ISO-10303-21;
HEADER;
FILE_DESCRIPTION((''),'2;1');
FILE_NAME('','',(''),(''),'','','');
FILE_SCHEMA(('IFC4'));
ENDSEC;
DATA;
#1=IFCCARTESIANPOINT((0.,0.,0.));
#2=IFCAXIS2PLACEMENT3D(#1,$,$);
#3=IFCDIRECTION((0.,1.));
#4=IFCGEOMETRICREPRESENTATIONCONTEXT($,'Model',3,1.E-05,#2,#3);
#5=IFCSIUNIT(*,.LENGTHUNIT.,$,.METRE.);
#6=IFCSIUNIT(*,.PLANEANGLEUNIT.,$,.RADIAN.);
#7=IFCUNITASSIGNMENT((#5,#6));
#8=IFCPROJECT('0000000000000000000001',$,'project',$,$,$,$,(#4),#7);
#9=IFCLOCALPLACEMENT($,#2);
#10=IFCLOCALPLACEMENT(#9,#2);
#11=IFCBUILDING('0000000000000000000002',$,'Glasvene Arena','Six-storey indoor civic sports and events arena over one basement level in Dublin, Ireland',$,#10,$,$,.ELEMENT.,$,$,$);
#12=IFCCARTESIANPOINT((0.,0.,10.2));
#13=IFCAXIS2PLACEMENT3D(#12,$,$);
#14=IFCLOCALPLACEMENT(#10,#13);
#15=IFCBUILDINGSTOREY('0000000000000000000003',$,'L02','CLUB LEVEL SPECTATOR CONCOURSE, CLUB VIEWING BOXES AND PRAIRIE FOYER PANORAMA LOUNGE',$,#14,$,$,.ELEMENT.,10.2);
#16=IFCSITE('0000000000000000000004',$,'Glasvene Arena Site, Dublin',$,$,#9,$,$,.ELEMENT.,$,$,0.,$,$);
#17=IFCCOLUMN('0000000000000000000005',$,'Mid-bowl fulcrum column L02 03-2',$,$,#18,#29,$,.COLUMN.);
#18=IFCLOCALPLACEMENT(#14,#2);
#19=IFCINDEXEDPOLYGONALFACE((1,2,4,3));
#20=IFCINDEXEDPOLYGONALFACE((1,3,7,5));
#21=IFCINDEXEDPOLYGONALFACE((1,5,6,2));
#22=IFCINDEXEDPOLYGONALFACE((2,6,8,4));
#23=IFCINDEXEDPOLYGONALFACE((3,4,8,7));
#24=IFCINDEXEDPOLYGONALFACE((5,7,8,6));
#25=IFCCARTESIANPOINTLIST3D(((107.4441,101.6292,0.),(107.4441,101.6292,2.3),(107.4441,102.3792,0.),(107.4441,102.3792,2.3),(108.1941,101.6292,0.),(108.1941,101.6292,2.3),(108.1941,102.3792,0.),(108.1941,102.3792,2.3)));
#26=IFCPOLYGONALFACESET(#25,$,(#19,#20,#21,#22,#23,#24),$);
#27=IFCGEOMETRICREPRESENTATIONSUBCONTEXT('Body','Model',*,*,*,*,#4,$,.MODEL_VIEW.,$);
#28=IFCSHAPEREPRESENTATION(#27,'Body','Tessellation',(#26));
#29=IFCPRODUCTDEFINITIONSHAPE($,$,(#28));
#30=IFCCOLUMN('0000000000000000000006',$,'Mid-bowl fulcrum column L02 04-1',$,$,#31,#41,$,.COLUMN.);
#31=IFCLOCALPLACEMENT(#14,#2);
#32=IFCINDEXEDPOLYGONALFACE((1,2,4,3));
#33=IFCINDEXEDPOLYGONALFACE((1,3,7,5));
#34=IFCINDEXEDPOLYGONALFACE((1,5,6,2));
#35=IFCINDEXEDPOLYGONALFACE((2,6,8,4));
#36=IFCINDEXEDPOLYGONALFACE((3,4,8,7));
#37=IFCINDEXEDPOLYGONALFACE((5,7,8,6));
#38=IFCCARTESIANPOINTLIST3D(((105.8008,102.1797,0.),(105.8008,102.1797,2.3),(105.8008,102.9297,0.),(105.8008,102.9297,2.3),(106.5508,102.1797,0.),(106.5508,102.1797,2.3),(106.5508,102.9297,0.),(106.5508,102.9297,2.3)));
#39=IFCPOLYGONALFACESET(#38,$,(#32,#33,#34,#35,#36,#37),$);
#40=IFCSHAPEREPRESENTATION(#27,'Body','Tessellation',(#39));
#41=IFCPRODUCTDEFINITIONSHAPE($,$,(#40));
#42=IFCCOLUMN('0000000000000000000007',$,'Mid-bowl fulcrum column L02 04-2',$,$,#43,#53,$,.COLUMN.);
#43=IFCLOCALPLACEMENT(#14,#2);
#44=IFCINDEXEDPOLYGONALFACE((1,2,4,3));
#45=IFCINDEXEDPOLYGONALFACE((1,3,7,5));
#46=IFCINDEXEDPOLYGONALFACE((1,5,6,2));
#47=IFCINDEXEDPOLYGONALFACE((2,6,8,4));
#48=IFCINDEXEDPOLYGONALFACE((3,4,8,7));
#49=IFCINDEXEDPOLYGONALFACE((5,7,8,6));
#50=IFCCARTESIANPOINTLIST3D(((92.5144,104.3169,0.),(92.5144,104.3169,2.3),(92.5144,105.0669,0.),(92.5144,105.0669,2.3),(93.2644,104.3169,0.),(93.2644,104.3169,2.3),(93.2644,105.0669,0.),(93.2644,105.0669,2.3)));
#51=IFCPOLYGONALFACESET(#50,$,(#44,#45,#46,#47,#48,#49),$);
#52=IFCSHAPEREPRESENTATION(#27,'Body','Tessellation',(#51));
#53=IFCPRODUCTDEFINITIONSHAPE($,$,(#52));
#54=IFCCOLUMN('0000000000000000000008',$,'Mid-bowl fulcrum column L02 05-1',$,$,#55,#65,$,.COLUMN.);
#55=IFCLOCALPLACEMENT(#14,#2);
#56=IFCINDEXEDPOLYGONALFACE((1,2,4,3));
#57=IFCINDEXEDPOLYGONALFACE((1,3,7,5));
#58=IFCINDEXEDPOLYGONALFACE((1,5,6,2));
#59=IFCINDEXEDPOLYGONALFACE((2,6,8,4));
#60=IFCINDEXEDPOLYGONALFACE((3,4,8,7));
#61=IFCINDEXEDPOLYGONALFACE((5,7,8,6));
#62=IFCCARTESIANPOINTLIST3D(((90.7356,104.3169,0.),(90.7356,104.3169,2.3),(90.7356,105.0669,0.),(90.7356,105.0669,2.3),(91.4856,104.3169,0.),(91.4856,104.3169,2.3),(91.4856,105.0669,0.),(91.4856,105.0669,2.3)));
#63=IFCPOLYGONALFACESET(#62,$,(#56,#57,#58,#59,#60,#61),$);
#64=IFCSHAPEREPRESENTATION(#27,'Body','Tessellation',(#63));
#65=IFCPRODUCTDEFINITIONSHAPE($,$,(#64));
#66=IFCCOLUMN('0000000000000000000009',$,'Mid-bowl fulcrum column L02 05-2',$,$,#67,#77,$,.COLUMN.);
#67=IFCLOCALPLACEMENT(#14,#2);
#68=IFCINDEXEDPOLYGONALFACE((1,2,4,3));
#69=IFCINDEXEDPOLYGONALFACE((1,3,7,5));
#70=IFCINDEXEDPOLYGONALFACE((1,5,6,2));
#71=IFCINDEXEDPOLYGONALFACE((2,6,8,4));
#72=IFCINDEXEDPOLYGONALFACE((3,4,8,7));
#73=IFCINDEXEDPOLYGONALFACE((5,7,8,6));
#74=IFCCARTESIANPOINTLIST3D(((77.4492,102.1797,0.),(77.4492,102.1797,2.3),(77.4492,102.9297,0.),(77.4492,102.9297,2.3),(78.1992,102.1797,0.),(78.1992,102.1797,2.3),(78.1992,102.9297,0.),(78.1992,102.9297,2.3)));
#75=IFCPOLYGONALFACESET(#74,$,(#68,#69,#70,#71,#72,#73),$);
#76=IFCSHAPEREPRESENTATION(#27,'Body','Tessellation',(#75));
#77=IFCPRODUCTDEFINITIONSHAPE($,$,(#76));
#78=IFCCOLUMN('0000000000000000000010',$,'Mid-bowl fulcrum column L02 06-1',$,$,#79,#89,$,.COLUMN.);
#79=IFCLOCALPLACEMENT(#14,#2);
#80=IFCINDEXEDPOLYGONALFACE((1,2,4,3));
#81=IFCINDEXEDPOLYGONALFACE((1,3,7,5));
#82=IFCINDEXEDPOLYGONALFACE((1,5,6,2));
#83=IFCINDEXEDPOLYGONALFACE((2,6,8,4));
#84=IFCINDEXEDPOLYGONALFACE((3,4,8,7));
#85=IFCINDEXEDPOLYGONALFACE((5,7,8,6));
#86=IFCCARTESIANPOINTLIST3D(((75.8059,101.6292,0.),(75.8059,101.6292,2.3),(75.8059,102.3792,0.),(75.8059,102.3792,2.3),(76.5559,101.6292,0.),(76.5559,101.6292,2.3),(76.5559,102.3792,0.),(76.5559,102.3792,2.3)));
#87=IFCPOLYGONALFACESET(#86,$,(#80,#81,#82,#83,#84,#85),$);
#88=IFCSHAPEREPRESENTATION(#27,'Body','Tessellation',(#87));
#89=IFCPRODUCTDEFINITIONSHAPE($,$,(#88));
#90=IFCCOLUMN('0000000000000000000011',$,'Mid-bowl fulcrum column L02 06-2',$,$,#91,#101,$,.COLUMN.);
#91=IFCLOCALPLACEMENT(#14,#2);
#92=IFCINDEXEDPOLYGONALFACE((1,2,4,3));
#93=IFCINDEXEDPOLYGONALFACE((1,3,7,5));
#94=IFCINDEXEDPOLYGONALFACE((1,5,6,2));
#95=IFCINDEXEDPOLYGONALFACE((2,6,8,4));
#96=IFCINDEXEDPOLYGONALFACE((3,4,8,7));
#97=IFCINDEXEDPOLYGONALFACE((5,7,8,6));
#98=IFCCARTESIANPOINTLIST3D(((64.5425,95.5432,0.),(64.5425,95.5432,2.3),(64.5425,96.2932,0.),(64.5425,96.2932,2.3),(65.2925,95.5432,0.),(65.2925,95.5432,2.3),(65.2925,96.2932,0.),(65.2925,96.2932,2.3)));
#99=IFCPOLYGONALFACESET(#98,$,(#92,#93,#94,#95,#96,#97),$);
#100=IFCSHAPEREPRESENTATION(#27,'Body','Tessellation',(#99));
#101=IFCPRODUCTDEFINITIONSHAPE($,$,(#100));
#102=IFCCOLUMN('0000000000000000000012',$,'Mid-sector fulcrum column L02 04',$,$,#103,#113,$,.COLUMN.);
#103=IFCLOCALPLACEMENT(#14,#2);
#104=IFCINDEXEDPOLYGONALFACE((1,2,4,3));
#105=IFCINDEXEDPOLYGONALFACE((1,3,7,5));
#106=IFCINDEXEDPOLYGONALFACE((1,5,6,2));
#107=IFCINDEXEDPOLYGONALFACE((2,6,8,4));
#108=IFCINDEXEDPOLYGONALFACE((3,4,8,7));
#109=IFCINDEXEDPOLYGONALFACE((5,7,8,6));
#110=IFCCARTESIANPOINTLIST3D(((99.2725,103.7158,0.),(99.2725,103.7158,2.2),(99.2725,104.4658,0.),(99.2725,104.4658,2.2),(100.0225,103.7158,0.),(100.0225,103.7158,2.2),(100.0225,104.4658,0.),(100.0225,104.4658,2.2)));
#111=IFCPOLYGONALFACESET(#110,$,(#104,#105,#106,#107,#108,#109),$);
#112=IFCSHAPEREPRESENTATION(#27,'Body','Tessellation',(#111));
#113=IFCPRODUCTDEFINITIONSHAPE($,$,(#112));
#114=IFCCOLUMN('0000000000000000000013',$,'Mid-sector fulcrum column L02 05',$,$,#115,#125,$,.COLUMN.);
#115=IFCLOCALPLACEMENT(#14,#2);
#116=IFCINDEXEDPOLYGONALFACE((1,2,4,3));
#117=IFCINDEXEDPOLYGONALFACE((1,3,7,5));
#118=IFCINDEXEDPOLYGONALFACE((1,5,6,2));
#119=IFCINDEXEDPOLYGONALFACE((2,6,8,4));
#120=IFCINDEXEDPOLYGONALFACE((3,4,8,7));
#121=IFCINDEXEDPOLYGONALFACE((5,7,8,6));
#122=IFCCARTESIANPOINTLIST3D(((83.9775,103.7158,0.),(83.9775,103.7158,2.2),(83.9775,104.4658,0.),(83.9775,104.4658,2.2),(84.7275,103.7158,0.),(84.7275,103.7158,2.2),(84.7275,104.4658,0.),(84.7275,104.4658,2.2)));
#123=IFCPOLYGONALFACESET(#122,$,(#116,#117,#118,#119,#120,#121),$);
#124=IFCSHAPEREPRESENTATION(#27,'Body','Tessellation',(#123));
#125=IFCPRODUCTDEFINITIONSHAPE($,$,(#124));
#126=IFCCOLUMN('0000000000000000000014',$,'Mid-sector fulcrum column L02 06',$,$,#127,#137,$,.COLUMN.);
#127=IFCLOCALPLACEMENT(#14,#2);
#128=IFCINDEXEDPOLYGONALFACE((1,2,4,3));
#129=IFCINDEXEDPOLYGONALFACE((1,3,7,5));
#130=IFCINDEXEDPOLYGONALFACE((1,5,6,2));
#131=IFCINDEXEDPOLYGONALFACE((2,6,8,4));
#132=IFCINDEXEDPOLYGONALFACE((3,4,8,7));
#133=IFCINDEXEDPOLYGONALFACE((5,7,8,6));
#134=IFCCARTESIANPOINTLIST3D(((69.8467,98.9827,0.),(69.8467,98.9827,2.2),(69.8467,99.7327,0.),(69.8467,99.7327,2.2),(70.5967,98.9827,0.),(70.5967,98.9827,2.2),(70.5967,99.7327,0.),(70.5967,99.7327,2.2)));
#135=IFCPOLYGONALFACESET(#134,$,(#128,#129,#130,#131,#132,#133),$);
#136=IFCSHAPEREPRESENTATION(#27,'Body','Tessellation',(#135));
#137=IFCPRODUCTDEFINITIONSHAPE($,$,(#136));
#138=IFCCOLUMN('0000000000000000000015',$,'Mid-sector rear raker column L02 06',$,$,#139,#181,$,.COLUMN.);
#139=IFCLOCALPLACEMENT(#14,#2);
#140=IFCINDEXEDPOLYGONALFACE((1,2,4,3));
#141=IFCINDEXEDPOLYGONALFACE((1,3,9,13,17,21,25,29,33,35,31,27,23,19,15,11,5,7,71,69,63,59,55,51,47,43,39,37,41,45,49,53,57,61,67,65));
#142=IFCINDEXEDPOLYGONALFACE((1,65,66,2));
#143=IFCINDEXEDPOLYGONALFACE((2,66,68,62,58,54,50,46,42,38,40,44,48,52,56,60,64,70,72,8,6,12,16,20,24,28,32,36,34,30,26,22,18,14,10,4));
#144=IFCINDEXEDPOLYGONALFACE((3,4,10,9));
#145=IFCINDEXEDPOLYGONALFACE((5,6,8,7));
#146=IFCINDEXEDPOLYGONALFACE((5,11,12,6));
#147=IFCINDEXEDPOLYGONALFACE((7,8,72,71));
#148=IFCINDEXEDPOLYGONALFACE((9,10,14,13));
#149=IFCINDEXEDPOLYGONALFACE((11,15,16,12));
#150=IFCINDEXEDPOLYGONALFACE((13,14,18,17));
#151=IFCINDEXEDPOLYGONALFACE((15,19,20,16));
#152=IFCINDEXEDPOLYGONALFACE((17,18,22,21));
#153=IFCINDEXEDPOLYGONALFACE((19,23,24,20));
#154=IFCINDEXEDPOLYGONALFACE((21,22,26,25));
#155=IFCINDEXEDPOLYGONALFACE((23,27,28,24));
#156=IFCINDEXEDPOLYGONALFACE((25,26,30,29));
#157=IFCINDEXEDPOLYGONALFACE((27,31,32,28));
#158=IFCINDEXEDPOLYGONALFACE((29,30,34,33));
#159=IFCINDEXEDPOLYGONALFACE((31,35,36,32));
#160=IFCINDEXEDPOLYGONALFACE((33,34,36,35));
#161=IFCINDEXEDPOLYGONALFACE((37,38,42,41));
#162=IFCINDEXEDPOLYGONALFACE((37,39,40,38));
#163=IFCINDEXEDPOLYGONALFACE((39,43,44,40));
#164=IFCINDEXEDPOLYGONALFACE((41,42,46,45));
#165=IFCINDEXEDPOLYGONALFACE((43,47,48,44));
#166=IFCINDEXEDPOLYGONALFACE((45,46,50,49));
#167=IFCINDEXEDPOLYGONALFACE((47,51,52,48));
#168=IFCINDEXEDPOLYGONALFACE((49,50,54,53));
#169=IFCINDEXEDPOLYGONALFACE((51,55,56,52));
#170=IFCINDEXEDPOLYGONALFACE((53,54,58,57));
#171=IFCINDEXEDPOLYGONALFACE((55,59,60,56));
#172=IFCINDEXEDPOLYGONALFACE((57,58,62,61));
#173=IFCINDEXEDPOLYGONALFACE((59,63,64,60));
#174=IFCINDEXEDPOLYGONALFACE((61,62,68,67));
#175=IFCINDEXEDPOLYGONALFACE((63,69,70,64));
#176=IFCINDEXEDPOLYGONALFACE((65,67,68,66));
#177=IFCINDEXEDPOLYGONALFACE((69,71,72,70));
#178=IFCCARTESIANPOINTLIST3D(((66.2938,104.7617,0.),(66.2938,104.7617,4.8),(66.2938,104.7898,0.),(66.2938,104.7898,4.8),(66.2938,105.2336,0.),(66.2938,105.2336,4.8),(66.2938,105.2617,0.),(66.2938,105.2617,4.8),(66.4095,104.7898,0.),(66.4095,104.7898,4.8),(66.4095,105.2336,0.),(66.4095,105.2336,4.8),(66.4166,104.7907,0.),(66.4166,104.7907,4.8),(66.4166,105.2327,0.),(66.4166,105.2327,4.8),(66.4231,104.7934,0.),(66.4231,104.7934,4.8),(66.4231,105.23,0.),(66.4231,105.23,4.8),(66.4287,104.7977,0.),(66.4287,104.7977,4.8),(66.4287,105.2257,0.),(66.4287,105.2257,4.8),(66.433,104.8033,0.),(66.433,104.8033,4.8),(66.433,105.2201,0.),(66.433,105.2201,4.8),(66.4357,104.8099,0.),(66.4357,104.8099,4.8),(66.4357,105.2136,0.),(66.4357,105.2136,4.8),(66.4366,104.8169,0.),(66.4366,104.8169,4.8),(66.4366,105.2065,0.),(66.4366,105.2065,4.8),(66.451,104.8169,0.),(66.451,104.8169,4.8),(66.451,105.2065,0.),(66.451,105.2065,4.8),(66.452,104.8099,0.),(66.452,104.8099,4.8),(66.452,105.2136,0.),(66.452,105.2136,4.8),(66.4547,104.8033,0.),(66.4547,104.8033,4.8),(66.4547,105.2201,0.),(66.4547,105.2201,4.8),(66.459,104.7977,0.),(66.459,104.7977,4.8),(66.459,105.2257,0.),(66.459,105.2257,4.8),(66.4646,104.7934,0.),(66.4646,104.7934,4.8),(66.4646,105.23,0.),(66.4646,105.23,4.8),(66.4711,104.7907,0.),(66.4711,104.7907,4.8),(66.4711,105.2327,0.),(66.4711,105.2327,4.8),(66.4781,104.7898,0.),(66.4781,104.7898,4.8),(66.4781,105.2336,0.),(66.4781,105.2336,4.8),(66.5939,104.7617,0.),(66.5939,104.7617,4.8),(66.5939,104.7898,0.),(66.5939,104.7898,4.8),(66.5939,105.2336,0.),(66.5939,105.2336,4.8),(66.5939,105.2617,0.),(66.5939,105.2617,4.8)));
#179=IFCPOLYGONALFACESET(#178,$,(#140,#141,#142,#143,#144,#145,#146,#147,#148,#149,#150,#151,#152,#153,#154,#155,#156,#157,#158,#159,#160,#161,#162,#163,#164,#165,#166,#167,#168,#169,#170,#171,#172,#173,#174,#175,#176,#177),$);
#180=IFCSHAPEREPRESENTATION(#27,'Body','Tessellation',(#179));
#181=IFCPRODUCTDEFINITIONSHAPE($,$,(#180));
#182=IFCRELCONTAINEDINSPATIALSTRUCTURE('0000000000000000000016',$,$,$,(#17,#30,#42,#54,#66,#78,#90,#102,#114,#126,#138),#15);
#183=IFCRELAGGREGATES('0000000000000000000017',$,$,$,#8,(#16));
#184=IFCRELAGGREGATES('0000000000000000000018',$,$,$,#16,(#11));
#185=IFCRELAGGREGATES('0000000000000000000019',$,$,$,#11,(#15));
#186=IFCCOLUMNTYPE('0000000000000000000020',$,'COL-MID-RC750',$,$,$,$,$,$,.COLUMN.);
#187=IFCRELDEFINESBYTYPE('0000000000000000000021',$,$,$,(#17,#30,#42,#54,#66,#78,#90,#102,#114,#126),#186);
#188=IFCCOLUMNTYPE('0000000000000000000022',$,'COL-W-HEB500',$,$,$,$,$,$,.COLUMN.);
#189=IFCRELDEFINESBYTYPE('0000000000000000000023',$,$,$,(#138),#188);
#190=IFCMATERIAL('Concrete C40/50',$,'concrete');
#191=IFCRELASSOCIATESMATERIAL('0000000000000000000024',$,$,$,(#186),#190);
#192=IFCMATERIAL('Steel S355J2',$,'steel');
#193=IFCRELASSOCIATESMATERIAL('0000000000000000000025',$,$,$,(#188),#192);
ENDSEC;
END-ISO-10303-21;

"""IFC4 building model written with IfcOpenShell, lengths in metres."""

from ifc_helpers import new_model, si_unit, direction, frame, origin, origin_2d, place, context, subcontext, project, spatial, rectangle, i_section, extrude, material, material_profile, profile_set, type_object, element, save


model = new_model("IFC4")

# Units and contexts
model_context = context("Model", 3, precision=1e-05, world=origin(), true_north=direction((0.0, 1.0)))
body_context = subcontext(model_context, "Body", "Model", "MODEL_VIEW")
ifc_project = project(units=[si_unit("LENGTHUNIT", "METRE"), si_unit("PLANEANGLEUNIT", "RADIAN")], contexts=[model_context])

# Site, building, storey
site_placement = place(None, origin())
site = spatial("IfcSite", under=ifc_project, at=site_placement, Name="Glasvene Arena Site, Dublin", CompositionType="ELEMENT", RefElevation=0.0)
building_placement = place(site_placement, origin())
building = spatial("IfcBuilding", under=site, at=building_placement, Name="Glasvene Arena", Description="Six-storey indoor civic sports and events arena over one basement level in Dublin, Ireland", CompositionType="ELEMENT")
storey_placement = place(building_placement, frame((0.0, 0.0, 10.2)))
storey = spatial("IfcBuildingStorey", under=building, at=storey_placement, Name="L02", Description="CLUB LEVEL SPECTATOR CONCOURSE, CLUB VIEWING BOXES AND PRAIRIE FOYER PANORAMA LOUNGE", CompositionType="ELEMENT", Elevation=10.2)

# Columns
ifc_material_1 = material(Name="Concrete C40/50", Category="concrete")
ifc_material_profile_1 = material_profile(ifc_material_1, rectangle(XDim=0.75, YDim=0.75, at=origin_2d()), Name="RC 750x750")
ifc_profile_set_1 = profile_set([ifc_material_profile_1], Name="Concrete C40/50")
column_type_1 = type_object("IfcColumnType", Name="COL-MID-RC750", PredefinedType="COLUMN", material=ifc_profile_set_1)
for number, where, z_axis, x_axis, name in (
    (1, (107.8191, 102.0042, 0.0), (0.0, 0.0, 1.0), (1.0, 0.0, 0.0), "Mid-bowl fulcrum column L02 03-2"),
    (2, (106.1758, 102.5547, 0.0), (0.0, 0.0, 1.0), (1.0, 0.0, 0.0), "Mid-bowl fulcrum column L02 04-1"),
    (3, (92.8894, 104.6919, 0.0), (0.0, 0.0, 1.0), (1.0, 0.0, 0.0), "Mid-bowl fulcrum column L02 04-2"),
    (4, (91.1106, 104.6919, 0.0), (0.0, 0.0, 1.0), (1.0, 0.0, 0.0), "Mid-bowl fulcrum column L02 05-1"),
    (5, (77.8242, 102.5547, 0.0), (0.0, 0.0, 1.0), (1.0, 0.0, 0.0), "Mid-bowl fulcrum column L02 05-2"),
    (6, (76.1809, 102.0042, 0.0), (0.0, 0.0, 1.0), (1.0, 0.0, 0.0), "Mid-bowl fulcrum column L02 06-1"),
    (7, (64.9175, 95.9182, 0.0), (0.0, 0.0, 1.0), (1.0, 0.0, 0.0), "Mid-bowl fulcrum column L02 06-2"),
):
    element("IfcColumn", number, at=place(storey_placement, frame(where, z_axis=z_axis, x_axis=x_axis)), inside=storey, type_object=column_type_1, Name=name, PredefinedType="COLUMN", context=body_context, shape_type="SweptSolid", body=[
        extrude(rectangle(XDim=0.75, YDim=0.75, at=origin_2d()), origin(), (0.0, 0.0, 1.0), 2.3),
    ])
for number, where, z_axis, x_axis, name in (
    (8, (99.6475, 104.0908, 0.0), (0.0, 0.0, 1.0), (1.0, 0.0, 0.0), "Mid-sector fulcrum column L02 04"),
    (9, (84.3525, 104.0908, 0.0), (0.0, 0.0, 1.0), (1.0, 0.0, 0.0), "Mid-sector fulcrum column L02 05"),
    (10, (70.2217, 99.3577, 0.0), (0.0, 0.0, 1.0), (1.0, 0.0, 0.0), "Mid-sector fulcrum column L02 06"),
):
    element("IfcColumn", number, at=place(storey_placement, frame(where, z_axis=z_axis, x_axis=x_axis)), inside=storey, type_object=column_type_1, Name=name, PredefinedType="COLUMN", context=body_context, shape_type="SweptSolid", body=[
        extrude(rectangle(XDim=0.75, YDim=0.75, at=origin_2d()), origin(), (0.0, 0.0, 1.0), 2.2),
    ])
ifc_material_2 = material(Name="Steel S355J2", Category="steel")
ifc_material_profile_2 = material_profile(ifc_material_2, i_section(OverallWidth=0.3, OverallDepth=0.5, WebThickness=0.0144, FlangeThickness=0.0281, FilletRadius=0.0271, at=origin_2d()), Name="HEB 500")
ifc_profile_set_2 = profile_set([ifc_material_profile_2], Name="Steel S355J2")
column_type_2 = type_object("IfcColumnType", Name="COL-W-HEB500", PredefinedType="COLUMN", material=ifc_profile_set_2)
column_placement = place(storey_placement, frame((66.4438, 105.0117, 0.0), z_axis=(0.0, 0.0, 1.0), x_axis=(1.0, 0.0, 0.0)))
element("IfcColumn", 11, at=column_placement, inside=storey, type_object=column_type_2, Name="Mid-sector rear raker column L02 06", PredefinedType="COLUMN", context=body_context, shape_type="SweptSolid", body=[
    extrude(i_section(OverallWidth=0.3, OverallDepth=0.5, WebThickness=0.0144, FlangeThickness=0.0281, FilletRadius=0.0271, at=origin_2d()), origin(), (0.0, 0.0, 1.0), 4.8),
])

save(model, "model.ifc")
